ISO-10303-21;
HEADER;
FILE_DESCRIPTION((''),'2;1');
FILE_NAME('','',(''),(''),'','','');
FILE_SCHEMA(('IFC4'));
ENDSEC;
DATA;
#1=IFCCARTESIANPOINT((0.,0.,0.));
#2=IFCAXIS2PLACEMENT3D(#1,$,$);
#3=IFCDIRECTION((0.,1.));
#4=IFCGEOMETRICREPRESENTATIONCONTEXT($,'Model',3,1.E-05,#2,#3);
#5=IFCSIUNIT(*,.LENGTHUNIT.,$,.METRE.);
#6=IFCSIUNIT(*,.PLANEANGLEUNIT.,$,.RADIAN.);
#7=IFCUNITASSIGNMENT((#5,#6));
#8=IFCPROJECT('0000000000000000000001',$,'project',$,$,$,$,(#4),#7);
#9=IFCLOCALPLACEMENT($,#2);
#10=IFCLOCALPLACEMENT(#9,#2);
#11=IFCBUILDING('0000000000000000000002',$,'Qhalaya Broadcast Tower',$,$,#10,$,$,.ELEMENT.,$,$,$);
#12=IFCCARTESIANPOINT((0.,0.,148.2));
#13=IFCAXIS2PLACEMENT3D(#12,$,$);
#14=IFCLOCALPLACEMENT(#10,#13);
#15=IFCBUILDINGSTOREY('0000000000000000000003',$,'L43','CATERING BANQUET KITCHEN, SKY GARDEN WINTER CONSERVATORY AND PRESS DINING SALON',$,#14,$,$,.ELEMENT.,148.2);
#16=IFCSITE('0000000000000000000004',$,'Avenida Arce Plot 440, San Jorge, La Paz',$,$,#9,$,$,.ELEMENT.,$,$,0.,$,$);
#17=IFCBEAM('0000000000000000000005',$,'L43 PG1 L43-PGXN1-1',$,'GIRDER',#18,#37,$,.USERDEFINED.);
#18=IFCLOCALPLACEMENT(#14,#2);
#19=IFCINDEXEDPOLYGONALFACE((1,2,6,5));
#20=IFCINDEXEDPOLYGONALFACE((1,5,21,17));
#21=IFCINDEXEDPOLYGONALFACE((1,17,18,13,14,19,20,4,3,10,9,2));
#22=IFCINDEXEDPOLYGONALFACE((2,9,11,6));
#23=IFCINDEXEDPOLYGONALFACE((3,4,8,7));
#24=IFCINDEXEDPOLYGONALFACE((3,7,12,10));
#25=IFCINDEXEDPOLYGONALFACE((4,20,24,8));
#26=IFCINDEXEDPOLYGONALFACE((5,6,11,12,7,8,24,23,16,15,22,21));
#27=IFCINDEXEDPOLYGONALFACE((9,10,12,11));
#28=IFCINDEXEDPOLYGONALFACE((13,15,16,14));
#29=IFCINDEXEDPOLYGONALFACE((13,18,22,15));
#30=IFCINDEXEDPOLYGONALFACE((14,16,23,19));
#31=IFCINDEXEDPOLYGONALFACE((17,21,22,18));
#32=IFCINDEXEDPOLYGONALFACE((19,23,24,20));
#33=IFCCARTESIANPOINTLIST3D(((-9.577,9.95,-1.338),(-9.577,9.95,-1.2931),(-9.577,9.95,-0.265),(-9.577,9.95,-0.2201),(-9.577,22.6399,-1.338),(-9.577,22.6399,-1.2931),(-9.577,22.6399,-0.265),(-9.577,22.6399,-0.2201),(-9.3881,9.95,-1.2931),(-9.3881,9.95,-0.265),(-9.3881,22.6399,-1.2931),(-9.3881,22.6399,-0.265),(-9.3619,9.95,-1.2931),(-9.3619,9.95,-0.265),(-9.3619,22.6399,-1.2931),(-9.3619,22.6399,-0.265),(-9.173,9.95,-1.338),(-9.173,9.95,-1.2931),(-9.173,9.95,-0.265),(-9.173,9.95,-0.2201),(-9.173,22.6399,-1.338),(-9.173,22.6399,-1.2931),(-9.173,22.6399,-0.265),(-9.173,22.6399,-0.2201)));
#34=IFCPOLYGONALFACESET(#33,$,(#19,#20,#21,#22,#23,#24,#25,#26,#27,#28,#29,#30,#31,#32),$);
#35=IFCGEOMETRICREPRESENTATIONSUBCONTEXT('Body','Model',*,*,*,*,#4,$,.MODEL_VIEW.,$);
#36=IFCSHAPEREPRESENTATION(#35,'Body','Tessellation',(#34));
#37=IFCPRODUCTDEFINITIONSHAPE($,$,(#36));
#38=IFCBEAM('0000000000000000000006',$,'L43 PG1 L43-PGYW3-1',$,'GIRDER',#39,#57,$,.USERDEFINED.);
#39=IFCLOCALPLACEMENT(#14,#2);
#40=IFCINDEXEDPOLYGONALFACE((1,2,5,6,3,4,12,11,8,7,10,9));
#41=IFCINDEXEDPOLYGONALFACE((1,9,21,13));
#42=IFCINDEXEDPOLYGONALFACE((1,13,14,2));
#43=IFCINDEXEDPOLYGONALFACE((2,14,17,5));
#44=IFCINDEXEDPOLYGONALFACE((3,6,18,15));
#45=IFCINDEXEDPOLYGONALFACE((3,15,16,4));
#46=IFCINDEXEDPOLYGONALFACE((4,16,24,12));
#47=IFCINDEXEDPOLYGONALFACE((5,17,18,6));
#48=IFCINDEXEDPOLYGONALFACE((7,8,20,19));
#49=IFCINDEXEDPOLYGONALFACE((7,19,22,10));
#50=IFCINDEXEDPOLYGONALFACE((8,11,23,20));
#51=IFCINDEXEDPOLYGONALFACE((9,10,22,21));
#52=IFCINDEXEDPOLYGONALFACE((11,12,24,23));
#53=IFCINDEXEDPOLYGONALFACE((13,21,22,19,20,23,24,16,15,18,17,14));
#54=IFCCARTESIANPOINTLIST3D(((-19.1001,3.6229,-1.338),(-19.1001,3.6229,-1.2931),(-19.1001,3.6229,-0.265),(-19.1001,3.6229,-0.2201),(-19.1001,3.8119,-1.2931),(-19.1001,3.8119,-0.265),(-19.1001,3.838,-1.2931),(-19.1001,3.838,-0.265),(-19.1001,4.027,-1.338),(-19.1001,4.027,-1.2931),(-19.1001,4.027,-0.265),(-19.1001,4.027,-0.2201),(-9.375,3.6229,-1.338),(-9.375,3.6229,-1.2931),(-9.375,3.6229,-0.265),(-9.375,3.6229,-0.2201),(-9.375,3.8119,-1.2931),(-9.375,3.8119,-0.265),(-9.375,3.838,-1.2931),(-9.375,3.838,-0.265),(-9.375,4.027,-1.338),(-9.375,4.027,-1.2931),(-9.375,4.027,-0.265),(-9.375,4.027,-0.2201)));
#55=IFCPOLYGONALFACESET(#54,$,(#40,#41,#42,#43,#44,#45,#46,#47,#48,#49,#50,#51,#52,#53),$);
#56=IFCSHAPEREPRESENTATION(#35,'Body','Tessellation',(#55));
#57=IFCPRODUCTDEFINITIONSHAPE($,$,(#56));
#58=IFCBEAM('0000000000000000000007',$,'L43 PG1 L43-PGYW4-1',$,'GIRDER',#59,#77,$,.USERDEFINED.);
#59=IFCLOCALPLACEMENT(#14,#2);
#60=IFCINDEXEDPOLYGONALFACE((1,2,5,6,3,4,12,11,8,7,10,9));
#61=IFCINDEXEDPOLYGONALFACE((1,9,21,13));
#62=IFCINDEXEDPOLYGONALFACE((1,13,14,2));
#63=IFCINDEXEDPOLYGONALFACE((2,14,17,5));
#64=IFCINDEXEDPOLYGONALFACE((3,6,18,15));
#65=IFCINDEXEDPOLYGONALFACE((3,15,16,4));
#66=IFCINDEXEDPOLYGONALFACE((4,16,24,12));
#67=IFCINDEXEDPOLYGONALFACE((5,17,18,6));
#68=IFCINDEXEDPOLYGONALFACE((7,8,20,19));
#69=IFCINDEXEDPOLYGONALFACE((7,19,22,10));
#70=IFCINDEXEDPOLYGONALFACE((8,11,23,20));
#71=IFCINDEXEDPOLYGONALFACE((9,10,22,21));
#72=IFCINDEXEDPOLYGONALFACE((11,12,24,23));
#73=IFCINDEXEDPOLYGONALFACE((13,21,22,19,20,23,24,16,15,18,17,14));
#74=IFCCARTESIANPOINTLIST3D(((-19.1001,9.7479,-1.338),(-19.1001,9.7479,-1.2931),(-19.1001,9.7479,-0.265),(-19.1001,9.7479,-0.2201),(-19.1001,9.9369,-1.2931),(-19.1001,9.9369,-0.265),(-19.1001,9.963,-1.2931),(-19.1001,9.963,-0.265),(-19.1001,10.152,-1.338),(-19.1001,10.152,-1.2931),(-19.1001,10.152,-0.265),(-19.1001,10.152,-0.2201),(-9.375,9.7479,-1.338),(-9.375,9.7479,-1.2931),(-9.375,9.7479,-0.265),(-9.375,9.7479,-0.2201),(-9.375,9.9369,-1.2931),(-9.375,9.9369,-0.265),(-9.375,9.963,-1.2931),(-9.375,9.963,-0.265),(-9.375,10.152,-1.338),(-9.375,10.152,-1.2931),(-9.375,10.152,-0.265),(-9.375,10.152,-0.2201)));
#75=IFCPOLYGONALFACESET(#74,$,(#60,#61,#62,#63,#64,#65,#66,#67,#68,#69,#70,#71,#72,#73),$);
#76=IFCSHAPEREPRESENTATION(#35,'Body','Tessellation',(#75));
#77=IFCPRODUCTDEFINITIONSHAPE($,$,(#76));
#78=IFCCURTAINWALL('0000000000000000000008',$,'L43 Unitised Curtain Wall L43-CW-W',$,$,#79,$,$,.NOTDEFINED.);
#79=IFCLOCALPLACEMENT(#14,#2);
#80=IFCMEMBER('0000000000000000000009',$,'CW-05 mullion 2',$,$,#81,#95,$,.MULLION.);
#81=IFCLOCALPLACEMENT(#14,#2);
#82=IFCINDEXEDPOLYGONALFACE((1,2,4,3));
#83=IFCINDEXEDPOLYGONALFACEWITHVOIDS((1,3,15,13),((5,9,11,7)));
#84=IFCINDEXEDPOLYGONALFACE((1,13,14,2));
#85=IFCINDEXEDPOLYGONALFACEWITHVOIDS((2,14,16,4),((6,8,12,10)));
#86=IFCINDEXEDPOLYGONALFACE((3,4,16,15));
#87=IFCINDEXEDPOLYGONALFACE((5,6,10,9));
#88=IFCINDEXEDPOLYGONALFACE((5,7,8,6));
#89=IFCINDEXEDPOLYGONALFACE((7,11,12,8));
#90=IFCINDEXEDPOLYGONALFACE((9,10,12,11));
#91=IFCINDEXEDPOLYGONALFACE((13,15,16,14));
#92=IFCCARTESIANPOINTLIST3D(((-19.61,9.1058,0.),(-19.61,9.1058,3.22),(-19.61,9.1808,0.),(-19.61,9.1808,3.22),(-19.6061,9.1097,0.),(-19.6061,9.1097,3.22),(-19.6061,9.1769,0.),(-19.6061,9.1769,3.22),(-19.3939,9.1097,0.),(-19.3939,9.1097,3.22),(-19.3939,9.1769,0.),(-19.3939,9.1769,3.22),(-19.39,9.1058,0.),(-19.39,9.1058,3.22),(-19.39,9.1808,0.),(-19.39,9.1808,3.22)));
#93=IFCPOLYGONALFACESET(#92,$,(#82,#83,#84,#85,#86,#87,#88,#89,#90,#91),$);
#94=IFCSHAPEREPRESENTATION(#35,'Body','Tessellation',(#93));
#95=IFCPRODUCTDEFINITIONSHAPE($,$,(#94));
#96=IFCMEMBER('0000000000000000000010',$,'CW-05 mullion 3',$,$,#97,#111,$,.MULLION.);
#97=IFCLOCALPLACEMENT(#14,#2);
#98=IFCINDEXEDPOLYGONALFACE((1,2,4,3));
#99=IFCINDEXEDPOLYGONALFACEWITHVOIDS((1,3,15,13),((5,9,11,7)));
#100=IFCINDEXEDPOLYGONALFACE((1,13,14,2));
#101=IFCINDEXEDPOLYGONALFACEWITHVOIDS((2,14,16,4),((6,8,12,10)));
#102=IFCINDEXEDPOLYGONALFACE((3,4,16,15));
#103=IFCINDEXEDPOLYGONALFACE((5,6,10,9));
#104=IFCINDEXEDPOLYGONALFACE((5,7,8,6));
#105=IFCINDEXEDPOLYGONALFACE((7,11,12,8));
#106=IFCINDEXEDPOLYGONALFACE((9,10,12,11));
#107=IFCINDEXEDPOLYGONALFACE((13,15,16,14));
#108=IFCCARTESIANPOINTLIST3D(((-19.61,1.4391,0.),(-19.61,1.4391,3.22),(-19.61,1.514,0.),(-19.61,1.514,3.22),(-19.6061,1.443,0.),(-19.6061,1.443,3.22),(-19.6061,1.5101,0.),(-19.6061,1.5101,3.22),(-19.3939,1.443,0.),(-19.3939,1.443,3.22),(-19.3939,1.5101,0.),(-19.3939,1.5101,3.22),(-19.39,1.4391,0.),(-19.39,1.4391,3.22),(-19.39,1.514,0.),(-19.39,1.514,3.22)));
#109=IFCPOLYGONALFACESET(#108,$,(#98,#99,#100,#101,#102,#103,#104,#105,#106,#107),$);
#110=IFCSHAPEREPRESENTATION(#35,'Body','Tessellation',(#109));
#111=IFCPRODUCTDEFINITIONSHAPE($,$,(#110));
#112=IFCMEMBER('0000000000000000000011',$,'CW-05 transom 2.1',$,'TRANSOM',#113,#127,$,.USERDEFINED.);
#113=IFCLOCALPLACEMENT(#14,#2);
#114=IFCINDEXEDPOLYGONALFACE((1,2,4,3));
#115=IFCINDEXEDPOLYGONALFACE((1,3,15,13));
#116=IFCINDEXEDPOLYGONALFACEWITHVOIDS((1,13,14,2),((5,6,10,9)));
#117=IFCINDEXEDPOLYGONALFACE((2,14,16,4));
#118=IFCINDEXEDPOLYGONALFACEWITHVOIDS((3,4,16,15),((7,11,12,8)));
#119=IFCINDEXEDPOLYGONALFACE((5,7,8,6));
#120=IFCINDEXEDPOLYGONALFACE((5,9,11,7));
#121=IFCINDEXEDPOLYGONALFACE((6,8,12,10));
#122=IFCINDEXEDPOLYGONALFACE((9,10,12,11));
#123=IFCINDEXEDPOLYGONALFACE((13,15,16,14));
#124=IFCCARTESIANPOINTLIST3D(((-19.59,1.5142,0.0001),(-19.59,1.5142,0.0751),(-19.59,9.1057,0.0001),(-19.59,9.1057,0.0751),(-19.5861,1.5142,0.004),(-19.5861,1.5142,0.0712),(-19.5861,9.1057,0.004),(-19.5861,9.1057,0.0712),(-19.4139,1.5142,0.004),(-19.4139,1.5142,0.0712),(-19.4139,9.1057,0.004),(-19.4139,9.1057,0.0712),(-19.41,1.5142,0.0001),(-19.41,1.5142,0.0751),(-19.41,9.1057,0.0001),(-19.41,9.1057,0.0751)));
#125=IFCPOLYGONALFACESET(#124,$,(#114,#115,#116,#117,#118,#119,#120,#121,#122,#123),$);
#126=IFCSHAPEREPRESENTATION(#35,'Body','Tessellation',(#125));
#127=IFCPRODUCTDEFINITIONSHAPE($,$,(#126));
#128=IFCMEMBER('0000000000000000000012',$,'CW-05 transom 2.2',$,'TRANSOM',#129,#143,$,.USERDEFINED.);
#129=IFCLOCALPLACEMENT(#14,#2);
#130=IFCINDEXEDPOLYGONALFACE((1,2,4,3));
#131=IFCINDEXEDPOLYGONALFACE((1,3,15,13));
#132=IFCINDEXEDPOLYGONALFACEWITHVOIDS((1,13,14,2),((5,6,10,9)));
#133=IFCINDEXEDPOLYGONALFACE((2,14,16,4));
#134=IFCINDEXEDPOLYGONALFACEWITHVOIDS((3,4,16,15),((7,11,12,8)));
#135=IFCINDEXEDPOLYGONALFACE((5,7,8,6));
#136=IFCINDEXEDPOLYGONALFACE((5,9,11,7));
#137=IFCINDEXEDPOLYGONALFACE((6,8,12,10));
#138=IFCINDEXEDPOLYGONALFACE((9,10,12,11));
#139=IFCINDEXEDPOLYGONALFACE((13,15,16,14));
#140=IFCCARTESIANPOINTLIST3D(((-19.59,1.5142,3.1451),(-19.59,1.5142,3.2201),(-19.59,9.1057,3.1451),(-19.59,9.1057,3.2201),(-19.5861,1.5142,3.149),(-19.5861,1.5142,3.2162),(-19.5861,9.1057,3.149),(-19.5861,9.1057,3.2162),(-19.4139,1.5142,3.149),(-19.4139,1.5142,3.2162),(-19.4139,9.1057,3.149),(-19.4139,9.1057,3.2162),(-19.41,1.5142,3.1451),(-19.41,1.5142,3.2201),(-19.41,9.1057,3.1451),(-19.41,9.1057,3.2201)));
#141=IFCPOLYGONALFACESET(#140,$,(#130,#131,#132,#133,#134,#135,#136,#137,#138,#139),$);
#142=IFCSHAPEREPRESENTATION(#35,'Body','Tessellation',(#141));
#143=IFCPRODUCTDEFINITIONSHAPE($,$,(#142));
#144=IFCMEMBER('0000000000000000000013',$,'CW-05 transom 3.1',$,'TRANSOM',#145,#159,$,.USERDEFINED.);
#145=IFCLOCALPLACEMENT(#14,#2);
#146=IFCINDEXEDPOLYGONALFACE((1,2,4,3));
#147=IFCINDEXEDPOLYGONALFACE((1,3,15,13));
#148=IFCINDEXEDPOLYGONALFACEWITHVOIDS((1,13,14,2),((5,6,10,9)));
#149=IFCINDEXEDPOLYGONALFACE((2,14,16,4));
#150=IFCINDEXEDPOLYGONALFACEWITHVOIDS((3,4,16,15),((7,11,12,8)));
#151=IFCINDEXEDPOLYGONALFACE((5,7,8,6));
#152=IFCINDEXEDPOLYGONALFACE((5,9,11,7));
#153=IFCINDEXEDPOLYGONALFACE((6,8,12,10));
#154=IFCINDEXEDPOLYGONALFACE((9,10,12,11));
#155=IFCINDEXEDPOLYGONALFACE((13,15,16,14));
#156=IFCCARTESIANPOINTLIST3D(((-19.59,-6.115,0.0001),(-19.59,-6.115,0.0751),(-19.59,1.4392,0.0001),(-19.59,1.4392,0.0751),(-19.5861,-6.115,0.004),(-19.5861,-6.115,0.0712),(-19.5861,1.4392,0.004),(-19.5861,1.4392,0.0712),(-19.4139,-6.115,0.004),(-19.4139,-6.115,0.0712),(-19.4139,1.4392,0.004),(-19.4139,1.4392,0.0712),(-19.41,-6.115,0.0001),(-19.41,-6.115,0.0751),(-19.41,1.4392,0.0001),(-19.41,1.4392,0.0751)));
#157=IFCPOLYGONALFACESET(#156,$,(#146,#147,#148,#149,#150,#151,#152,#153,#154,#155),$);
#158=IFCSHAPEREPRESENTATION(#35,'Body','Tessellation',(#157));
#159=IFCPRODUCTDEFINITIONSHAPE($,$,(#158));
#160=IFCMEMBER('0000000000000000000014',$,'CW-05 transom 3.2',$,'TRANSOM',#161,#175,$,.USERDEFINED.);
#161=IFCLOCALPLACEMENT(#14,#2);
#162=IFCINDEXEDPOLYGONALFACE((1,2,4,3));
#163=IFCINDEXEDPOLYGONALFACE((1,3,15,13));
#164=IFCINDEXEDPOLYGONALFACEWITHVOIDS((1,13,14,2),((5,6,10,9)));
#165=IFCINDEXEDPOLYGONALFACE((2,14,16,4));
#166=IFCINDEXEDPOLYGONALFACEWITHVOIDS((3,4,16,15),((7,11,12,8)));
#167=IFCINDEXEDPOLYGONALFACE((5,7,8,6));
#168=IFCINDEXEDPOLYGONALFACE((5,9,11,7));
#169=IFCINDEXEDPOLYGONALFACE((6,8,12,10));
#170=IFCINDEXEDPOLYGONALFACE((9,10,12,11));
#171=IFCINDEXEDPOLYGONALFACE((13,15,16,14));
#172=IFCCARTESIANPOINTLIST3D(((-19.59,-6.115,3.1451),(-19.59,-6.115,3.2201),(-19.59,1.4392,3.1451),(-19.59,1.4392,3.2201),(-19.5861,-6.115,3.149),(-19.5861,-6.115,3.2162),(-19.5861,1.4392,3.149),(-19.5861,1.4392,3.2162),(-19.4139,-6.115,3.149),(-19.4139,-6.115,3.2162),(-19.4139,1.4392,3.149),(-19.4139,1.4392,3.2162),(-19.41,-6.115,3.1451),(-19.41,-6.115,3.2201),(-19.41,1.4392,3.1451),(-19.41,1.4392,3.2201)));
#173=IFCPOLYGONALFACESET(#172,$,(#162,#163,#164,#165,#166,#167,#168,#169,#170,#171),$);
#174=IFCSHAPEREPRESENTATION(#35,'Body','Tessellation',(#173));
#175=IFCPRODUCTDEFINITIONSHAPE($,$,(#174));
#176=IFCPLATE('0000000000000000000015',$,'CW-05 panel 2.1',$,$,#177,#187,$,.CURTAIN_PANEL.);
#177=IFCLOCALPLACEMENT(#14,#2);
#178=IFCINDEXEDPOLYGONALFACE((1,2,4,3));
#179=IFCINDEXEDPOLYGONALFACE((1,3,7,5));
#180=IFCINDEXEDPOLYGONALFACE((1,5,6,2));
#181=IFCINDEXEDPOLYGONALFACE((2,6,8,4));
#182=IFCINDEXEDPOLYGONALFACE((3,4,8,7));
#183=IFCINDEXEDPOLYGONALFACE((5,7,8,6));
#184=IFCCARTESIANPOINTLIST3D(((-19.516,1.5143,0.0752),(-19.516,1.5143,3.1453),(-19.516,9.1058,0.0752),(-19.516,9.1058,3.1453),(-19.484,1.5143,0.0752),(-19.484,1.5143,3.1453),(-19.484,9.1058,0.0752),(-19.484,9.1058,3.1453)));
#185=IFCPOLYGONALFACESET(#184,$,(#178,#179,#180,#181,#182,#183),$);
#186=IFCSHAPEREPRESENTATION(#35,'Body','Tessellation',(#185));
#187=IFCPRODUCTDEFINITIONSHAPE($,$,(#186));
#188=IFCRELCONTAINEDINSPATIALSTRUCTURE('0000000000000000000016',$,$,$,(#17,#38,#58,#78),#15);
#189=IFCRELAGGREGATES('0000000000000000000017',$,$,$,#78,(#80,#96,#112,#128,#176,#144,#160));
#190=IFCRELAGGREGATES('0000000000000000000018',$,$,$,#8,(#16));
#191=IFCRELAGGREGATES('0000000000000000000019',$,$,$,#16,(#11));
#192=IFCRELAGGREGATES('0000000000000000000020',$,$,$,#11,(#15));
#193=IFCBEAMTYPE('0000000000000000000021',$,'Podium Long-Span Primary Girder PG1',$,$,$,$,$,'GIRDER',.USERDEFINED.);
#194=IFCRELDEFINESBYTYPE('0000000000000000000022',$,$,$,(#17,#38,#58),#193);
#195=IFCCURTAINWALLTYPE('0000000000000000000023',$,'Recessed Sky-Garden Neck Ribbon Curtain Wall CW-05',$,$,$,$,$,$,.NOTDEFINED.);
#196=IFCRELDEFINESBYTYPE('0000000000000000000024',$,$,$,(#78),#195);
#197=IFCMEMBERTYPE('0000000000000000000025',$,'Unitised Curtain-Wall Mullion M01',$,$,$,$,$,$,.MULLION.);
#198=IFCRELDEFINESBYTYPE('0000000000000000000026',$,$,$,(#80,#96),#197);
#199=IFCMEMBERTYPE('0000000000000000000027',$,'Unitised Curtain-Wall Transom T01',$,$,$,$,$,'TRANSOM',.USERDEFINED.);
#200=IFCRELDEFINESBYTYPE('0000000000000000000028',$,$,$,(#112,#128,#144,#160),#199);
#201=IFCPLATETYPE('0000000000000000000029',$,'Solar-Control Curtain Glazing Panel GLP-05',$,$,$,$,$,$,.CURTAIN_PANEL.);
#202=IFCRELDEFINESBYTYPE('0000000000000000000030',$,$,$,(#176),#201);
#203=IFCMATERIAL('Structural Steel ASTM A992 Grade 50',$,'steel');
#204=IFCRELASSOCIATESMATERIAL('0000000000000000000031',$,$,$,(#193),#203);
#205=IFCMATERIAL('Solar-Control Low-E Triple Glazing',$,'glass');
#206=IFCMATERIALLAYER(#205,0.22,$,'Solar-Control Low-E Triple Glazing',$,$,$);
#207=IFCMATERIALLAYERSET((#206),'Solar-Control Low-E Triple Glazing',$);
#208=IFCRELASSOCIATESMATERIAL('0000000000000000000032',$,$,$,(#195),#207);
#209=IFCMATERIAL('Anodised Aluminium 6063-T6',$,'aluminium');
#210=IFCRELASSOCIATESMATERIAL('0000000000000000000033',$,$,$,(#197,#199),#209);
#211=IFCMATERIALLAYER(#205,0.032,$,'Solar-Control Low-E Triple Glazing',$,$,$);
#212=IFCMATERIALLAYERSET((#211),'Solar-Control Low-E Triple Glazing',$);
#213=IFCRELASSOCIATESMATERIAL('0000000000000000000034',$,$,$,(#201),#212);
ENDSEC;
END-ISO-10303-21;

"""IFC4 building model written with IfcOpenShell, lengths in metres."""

from ifc_helpers import new_model, si_unit, direction, frame, origin, origin_2d, place, context, subcontext, project, spatial, rectangle, hollow_rectangle, i_section, extrude, material, layer, layer_set, material_profile, profile_set, type_object, element, aggregate, save


model = new_model("IFC4")

# Units and contexts
model_context = context("Model", 3, precision=1e-05, world=origin(), true_north=direction((0.0, 1.0)))
body_context = subcontext(model_context, "Body", "Model", "MODEL_VIEW")
ifc_project = project(units=[si_unit("LENGTHUNIT", "METRE"), si_unit("PLANEANGLEUNIT", "RADIAN")], contexts=[model_context])

# Site, building, storey
site_placement = place(None, origin())
site = spatial("IfcSite", under=ifc_project, at=site_placement, Name="Avenida Arce Plot 440, San Jorge, La Paz", CompositionType="ELEMENT", RefElevation=0.0)
building_placement = place(site_placement, origin())
building = spatial("IfcBuilding", under=site, at=building_placement, Name="Qhalaya Broadcast Tower", CompositionType="ELEMENT")
storey_placement = place(building_placement, frame((0.0, 0.0, 148.2)))
storey = spatial("IfcBuildingStorey", under=building, at=storey_placement, Name="L43", Description="CATERING BANQUET KITCHEN, SKY GARDEN WINTER CONSERVATORY AND PRESS DINING SALON", CompositionType="ELEMENT", Elevation=148.2)

# Beams
ifc_material_1 = material(Name="Structural Steel ASTM A992 Grade 50", Category="steel")
ifc_material_profile_1 = material_profile(ifc_material_1, i_section(OverallWidth=0.4041, OverallDepth=1.1179, WebThickness=0.0261, FlangeThickness=0.0449, at=origin_2d()), Name="W44X335")
ifc_profile_set_1 = profile_set([ifc_material_profile_1], Name="Structural Steel ASTM A992 Grade 50")
beam_type_1 = type_object("IfcBeamType", Name="Podium Long-Span Primary Girder PG1", ElementType="GIRDER", PredefinedType="USERDEFINED", material=ifc_profile_set_1)
beam_1_placement = place(storey_placement, frame((-9.375, 9.95, -0.7791), z_axis=(0.0, 1.0, 0.0), x_axis=(-1.0, 0.0, 0.0)))
element("IfcBeam", 1, at=beam_1_placement, inside=storey, type_object=beam_type_1, Name="L43 PG1 L43-PGXN1-1", ObjectType="GIRDER", PredefinedType="USERDEFINED", context=body_context, shape_type="SweptSolid", body=[
    extrude(i_section(OverallWidth=0.4041, OverallDepth=1.1179, WebThickness=0.0261, FlangeThickness=0.0449, at=origin_2d()), origin(), (0.0, 0.0, 1.0), 12.6899),
])
for number, where, z_axis, x_axis, name in (
    (2, (-19.1001, 3.825, -0.7791), (1.0, 0.0, 0.0), (0.0, 1.0, 0.0), "L43 PG1 L43-PGYW3-1"),
    (3, (-19.1001, 9.95, -0.7791), (1.0, 0.0, 0.0), (0.0, 1.0, 0.0), "L43 PG1 L43-PGYW4-1"),
):
    element("IfcBeam", number, at=place(storey_placement, frame(where, z_axis=z_axis, x_axis=x_axis)), inside=storey, type_object=beam_type_1, Name=name, ObjectType="GIRDER", PredefinedType="USERDEFINED", context=body_context, shape_type="SweptSolid", body=[
        extrude(i_section(OverallWidth=0.4041, OverallDepth=1.1179, WebThickness=0.0261, FlangeThickness=0.0449, at=origin_2d()), origin(), (0.0, 0.0, 1.0), 9.7251),
    ])

# Curtain wall, members, plate
ifc_material_2 = material(Name="Solar-Control Low-E Triple Glazing", Category="glass")
ifc_layer_1 = layer(ifc_material_2, 0.22, Name="Solar-Control Low-E Triple Glazing")
ifc_layer_set_1 = layer_set([ifc_layer_1], Name="Solar-Control Low-E Triple Glazing")
curtain_wall_type = type_object("IfcCurtainWallType", Name="Recessed Sky-Garden Neck Ribbon Curtain Wall CW-05", PredefinedType="NOTDEFINED", material=ifc_layer_set_1)
curtain_wall_placement = place(storey_placement, origin())
curtain_wall = element("IfcCurtainWall", 4, at=curtain_wall_placement, inside=storey, type_object=curtain_wall_type, Name="L43 Unitised Curtain Wall L43-CW-W", PredefinedType="NOTDEFINED")
ifc_material_3 = material(Name="Anodised Aluminium 6063-T6", Category="aluminium")
ifc_material_profile_2 = material_profile(ifc_material_3, hollow_rectangle(XDim=0.075, YDim=0.22, WallThickness=0.0039, at=origin_2d()), Name="ALU-MUL 75x220x4")
ifc_profile_set_2 = profile_set([ifc_material_profile_2], Name="Anodised Aluminium 6063-T6")
member_type_1 = type_object("IfcMemberType", Name="Unitised Curtain-Wall Mullion M01", PredefinedType="MULLION", material=ifc_profile_set_2)
member_1_placement = place(storey_placement, frame((-19.5, 9.1433, 0.0), z_axis=(0.0, 0.0, 1.0), x_axis=(0.0, -1.0, 0.0)))
member_1 = element("IfcMember", 5, at=member_1_placement, type_object=member_type_1, Name="CW-05 mullion 2", PredefinedType="MULLION", context=body_context, shape_type="SweptSolid", body=[
    extrude(hollow_rectangle(XDim=0.075, YDim=0.22, WallThickness=0.0039, at=origin_2d()), origin(), (0.0, 0.0, 1.0), 3.22),
])
member_2_placement = place(storey_placement, frame((-19.5, 1.4766, 0.0), z_axis=(0.0, 0.0, 1.0), x_axis=(0.0, -1.0, 0.0)))
member_2 = element("IfcMember", 6, at=member_2_placement, type_object=member_type_1, Name="CW-05 mullion 3", PredefinedType="MULLION", context=body_context, shape_type="SweptSolid", body=[
    extrude(hollow_rectangle(XDim=0.075, YDim=0.22, WallThickness=0.0039, at=origin_2d()), origin(), (0.0, 0.0, 1.0), 3.22),
])
ifc_material_profile_3 = material_profile(ifc_material_3, hollow_rectangle(XDim=0.075, YDim=0.1799, WallThickness=0.0039, at=origin_2d()), Name="ALU-TRN 75x180x4")
ifc_profile_set_3 = profile_set([ifc_material_profile_3], Name="Anodised Aluminium 6063-T6")
member_type_2 = type_object("IfcMemberType", Name="Unitised Curtain-Wall Transom T01", ElementType="TRANSOM", PredefinedType="USERDEFINED", material=ifc_profile_set_3)
member_3_placement = place(storey_placement, frame((-19.5, 9.1057, 0.0376), z_axis=(0.0, -1.0, 0.0), x_axis=(0.0, 0.0, 1.0)))
member_3 = element("IfcMember", 7, at=member_3_placement, type_object=member_type_2, Name="CW-05 transom 2.1", ObjectType="TRANSOM", PredefinedType="USERDEFINED", context=body_context, shape_type="SweptSolid", body=[
    extrude(hollow_rectangle(XDim=0.075, YDim=0.1799, WallThickness=0.0039, at=origin_2d()), origin(), (0.0, 0.0, 1.0), 7.5916),
])
member_4_placement = place(storey_placement, frame((-19.5, 9.1057, 3.1826), z_axis=(0.0, -1.0, 0.0), x_axis=(0.0, 0.0, 1.0)))
member_4 = element("IfcMember", 8, at=member_4_placement, type_object=member_type_2, Name="CW-05 transom 2.2", ObjectType="TRANSOM", PredefinedType="USERDEFINED", context=body_context, shape_type="SweptSolid", body=[
    extrude(hollow_rectangle(XDim=0.075, YDim=0.1799, WallThickness=0.0039, at=origin_2d()), origin(), (0.0, 0.0, 1.0), 7.5916),
])
member_5_placement = place(storey_placement, frame((-19.5, 1.4392, 0.0376), z_axis=(0.0, -1.0, 0.0), x_axis=(0.0, 0.0, 1.0)))
member_5 = element("IfcMember", 9, at=member_5_placement, type_object=member_type_2, Name="CW-05 transom 3.1", ObjectType="TRANSOM", PredefinedType="USERDEFINED", context=body_context, shape_type="SweptSolid", body=[
    extrude(hollow_rectangle(XDim=0.075, YDim=0.1799, WallThickness=0.0039, at=origin_2d()), origin(), (0.0, 0.0, 1.0), 7.5542),
])
member_6_placement = place(storey_placement, frame((-19.5, 1.4392, 3.1826), z_axis=(0.0, -1.0, 0.0), x_axis=(0.0, 0.0, 1.0)))
member_6 = element("IfcMember", 10, at=member_6_placement, type_object=member_type_2, Name="CW-05 transom 3.2", ObjectType="TRANSOM", PredefinedType="USERDEFINED", context=body_context, shape_type="SweptSolid", body=[
    extrude(hollow_rectangle(XDim=0.075, YDim=0.1799, WallThickness=0.0039, at=origin_2d()), origin(), (0.0, 0.0, 1.0), 7.5542),
])
ifc_layer_2 = layer(ifc_material_2, 0.032, Name="Solar-Control Low-E Triple Glazing")
ifc_layer_set_2 = layer_set([ifc_layer_2], Name="Solar-Control Low-E Triple Glazing")
plate_type = type_object("IfcPlateType", Name="Solar-Control Curtain Glazing Panel GLP-05", PredefinedType="CURTAIN_PANEL", material=ifc_layer_set_2)
plate_placement = place(storey_placement, frame((-19.5, 5.3101, 0.0752), z_axis=(0.0, 0.0, 1.0), x_axis=(0.0, -1.0, 0.0)))
plate = element("IfcPlate", 11, at=plate_placement, type_object=plate_type, Name="CW-05 panel 2.1", PredefinedType="CURTAIN_PANEL", context=body_context, shape_type="SweptSolid", body=[
    extrude(rectangle(XDim=7.5916, YDim=0.032, at=origin_2d()), origin(), (0.0, 0.0, 1.0), 3.0701),
])
aggregate(curtain_wall, [member_1, member_2, member_3, member_4, plate, member_5, member_6])

save(model, "model.ifc")
